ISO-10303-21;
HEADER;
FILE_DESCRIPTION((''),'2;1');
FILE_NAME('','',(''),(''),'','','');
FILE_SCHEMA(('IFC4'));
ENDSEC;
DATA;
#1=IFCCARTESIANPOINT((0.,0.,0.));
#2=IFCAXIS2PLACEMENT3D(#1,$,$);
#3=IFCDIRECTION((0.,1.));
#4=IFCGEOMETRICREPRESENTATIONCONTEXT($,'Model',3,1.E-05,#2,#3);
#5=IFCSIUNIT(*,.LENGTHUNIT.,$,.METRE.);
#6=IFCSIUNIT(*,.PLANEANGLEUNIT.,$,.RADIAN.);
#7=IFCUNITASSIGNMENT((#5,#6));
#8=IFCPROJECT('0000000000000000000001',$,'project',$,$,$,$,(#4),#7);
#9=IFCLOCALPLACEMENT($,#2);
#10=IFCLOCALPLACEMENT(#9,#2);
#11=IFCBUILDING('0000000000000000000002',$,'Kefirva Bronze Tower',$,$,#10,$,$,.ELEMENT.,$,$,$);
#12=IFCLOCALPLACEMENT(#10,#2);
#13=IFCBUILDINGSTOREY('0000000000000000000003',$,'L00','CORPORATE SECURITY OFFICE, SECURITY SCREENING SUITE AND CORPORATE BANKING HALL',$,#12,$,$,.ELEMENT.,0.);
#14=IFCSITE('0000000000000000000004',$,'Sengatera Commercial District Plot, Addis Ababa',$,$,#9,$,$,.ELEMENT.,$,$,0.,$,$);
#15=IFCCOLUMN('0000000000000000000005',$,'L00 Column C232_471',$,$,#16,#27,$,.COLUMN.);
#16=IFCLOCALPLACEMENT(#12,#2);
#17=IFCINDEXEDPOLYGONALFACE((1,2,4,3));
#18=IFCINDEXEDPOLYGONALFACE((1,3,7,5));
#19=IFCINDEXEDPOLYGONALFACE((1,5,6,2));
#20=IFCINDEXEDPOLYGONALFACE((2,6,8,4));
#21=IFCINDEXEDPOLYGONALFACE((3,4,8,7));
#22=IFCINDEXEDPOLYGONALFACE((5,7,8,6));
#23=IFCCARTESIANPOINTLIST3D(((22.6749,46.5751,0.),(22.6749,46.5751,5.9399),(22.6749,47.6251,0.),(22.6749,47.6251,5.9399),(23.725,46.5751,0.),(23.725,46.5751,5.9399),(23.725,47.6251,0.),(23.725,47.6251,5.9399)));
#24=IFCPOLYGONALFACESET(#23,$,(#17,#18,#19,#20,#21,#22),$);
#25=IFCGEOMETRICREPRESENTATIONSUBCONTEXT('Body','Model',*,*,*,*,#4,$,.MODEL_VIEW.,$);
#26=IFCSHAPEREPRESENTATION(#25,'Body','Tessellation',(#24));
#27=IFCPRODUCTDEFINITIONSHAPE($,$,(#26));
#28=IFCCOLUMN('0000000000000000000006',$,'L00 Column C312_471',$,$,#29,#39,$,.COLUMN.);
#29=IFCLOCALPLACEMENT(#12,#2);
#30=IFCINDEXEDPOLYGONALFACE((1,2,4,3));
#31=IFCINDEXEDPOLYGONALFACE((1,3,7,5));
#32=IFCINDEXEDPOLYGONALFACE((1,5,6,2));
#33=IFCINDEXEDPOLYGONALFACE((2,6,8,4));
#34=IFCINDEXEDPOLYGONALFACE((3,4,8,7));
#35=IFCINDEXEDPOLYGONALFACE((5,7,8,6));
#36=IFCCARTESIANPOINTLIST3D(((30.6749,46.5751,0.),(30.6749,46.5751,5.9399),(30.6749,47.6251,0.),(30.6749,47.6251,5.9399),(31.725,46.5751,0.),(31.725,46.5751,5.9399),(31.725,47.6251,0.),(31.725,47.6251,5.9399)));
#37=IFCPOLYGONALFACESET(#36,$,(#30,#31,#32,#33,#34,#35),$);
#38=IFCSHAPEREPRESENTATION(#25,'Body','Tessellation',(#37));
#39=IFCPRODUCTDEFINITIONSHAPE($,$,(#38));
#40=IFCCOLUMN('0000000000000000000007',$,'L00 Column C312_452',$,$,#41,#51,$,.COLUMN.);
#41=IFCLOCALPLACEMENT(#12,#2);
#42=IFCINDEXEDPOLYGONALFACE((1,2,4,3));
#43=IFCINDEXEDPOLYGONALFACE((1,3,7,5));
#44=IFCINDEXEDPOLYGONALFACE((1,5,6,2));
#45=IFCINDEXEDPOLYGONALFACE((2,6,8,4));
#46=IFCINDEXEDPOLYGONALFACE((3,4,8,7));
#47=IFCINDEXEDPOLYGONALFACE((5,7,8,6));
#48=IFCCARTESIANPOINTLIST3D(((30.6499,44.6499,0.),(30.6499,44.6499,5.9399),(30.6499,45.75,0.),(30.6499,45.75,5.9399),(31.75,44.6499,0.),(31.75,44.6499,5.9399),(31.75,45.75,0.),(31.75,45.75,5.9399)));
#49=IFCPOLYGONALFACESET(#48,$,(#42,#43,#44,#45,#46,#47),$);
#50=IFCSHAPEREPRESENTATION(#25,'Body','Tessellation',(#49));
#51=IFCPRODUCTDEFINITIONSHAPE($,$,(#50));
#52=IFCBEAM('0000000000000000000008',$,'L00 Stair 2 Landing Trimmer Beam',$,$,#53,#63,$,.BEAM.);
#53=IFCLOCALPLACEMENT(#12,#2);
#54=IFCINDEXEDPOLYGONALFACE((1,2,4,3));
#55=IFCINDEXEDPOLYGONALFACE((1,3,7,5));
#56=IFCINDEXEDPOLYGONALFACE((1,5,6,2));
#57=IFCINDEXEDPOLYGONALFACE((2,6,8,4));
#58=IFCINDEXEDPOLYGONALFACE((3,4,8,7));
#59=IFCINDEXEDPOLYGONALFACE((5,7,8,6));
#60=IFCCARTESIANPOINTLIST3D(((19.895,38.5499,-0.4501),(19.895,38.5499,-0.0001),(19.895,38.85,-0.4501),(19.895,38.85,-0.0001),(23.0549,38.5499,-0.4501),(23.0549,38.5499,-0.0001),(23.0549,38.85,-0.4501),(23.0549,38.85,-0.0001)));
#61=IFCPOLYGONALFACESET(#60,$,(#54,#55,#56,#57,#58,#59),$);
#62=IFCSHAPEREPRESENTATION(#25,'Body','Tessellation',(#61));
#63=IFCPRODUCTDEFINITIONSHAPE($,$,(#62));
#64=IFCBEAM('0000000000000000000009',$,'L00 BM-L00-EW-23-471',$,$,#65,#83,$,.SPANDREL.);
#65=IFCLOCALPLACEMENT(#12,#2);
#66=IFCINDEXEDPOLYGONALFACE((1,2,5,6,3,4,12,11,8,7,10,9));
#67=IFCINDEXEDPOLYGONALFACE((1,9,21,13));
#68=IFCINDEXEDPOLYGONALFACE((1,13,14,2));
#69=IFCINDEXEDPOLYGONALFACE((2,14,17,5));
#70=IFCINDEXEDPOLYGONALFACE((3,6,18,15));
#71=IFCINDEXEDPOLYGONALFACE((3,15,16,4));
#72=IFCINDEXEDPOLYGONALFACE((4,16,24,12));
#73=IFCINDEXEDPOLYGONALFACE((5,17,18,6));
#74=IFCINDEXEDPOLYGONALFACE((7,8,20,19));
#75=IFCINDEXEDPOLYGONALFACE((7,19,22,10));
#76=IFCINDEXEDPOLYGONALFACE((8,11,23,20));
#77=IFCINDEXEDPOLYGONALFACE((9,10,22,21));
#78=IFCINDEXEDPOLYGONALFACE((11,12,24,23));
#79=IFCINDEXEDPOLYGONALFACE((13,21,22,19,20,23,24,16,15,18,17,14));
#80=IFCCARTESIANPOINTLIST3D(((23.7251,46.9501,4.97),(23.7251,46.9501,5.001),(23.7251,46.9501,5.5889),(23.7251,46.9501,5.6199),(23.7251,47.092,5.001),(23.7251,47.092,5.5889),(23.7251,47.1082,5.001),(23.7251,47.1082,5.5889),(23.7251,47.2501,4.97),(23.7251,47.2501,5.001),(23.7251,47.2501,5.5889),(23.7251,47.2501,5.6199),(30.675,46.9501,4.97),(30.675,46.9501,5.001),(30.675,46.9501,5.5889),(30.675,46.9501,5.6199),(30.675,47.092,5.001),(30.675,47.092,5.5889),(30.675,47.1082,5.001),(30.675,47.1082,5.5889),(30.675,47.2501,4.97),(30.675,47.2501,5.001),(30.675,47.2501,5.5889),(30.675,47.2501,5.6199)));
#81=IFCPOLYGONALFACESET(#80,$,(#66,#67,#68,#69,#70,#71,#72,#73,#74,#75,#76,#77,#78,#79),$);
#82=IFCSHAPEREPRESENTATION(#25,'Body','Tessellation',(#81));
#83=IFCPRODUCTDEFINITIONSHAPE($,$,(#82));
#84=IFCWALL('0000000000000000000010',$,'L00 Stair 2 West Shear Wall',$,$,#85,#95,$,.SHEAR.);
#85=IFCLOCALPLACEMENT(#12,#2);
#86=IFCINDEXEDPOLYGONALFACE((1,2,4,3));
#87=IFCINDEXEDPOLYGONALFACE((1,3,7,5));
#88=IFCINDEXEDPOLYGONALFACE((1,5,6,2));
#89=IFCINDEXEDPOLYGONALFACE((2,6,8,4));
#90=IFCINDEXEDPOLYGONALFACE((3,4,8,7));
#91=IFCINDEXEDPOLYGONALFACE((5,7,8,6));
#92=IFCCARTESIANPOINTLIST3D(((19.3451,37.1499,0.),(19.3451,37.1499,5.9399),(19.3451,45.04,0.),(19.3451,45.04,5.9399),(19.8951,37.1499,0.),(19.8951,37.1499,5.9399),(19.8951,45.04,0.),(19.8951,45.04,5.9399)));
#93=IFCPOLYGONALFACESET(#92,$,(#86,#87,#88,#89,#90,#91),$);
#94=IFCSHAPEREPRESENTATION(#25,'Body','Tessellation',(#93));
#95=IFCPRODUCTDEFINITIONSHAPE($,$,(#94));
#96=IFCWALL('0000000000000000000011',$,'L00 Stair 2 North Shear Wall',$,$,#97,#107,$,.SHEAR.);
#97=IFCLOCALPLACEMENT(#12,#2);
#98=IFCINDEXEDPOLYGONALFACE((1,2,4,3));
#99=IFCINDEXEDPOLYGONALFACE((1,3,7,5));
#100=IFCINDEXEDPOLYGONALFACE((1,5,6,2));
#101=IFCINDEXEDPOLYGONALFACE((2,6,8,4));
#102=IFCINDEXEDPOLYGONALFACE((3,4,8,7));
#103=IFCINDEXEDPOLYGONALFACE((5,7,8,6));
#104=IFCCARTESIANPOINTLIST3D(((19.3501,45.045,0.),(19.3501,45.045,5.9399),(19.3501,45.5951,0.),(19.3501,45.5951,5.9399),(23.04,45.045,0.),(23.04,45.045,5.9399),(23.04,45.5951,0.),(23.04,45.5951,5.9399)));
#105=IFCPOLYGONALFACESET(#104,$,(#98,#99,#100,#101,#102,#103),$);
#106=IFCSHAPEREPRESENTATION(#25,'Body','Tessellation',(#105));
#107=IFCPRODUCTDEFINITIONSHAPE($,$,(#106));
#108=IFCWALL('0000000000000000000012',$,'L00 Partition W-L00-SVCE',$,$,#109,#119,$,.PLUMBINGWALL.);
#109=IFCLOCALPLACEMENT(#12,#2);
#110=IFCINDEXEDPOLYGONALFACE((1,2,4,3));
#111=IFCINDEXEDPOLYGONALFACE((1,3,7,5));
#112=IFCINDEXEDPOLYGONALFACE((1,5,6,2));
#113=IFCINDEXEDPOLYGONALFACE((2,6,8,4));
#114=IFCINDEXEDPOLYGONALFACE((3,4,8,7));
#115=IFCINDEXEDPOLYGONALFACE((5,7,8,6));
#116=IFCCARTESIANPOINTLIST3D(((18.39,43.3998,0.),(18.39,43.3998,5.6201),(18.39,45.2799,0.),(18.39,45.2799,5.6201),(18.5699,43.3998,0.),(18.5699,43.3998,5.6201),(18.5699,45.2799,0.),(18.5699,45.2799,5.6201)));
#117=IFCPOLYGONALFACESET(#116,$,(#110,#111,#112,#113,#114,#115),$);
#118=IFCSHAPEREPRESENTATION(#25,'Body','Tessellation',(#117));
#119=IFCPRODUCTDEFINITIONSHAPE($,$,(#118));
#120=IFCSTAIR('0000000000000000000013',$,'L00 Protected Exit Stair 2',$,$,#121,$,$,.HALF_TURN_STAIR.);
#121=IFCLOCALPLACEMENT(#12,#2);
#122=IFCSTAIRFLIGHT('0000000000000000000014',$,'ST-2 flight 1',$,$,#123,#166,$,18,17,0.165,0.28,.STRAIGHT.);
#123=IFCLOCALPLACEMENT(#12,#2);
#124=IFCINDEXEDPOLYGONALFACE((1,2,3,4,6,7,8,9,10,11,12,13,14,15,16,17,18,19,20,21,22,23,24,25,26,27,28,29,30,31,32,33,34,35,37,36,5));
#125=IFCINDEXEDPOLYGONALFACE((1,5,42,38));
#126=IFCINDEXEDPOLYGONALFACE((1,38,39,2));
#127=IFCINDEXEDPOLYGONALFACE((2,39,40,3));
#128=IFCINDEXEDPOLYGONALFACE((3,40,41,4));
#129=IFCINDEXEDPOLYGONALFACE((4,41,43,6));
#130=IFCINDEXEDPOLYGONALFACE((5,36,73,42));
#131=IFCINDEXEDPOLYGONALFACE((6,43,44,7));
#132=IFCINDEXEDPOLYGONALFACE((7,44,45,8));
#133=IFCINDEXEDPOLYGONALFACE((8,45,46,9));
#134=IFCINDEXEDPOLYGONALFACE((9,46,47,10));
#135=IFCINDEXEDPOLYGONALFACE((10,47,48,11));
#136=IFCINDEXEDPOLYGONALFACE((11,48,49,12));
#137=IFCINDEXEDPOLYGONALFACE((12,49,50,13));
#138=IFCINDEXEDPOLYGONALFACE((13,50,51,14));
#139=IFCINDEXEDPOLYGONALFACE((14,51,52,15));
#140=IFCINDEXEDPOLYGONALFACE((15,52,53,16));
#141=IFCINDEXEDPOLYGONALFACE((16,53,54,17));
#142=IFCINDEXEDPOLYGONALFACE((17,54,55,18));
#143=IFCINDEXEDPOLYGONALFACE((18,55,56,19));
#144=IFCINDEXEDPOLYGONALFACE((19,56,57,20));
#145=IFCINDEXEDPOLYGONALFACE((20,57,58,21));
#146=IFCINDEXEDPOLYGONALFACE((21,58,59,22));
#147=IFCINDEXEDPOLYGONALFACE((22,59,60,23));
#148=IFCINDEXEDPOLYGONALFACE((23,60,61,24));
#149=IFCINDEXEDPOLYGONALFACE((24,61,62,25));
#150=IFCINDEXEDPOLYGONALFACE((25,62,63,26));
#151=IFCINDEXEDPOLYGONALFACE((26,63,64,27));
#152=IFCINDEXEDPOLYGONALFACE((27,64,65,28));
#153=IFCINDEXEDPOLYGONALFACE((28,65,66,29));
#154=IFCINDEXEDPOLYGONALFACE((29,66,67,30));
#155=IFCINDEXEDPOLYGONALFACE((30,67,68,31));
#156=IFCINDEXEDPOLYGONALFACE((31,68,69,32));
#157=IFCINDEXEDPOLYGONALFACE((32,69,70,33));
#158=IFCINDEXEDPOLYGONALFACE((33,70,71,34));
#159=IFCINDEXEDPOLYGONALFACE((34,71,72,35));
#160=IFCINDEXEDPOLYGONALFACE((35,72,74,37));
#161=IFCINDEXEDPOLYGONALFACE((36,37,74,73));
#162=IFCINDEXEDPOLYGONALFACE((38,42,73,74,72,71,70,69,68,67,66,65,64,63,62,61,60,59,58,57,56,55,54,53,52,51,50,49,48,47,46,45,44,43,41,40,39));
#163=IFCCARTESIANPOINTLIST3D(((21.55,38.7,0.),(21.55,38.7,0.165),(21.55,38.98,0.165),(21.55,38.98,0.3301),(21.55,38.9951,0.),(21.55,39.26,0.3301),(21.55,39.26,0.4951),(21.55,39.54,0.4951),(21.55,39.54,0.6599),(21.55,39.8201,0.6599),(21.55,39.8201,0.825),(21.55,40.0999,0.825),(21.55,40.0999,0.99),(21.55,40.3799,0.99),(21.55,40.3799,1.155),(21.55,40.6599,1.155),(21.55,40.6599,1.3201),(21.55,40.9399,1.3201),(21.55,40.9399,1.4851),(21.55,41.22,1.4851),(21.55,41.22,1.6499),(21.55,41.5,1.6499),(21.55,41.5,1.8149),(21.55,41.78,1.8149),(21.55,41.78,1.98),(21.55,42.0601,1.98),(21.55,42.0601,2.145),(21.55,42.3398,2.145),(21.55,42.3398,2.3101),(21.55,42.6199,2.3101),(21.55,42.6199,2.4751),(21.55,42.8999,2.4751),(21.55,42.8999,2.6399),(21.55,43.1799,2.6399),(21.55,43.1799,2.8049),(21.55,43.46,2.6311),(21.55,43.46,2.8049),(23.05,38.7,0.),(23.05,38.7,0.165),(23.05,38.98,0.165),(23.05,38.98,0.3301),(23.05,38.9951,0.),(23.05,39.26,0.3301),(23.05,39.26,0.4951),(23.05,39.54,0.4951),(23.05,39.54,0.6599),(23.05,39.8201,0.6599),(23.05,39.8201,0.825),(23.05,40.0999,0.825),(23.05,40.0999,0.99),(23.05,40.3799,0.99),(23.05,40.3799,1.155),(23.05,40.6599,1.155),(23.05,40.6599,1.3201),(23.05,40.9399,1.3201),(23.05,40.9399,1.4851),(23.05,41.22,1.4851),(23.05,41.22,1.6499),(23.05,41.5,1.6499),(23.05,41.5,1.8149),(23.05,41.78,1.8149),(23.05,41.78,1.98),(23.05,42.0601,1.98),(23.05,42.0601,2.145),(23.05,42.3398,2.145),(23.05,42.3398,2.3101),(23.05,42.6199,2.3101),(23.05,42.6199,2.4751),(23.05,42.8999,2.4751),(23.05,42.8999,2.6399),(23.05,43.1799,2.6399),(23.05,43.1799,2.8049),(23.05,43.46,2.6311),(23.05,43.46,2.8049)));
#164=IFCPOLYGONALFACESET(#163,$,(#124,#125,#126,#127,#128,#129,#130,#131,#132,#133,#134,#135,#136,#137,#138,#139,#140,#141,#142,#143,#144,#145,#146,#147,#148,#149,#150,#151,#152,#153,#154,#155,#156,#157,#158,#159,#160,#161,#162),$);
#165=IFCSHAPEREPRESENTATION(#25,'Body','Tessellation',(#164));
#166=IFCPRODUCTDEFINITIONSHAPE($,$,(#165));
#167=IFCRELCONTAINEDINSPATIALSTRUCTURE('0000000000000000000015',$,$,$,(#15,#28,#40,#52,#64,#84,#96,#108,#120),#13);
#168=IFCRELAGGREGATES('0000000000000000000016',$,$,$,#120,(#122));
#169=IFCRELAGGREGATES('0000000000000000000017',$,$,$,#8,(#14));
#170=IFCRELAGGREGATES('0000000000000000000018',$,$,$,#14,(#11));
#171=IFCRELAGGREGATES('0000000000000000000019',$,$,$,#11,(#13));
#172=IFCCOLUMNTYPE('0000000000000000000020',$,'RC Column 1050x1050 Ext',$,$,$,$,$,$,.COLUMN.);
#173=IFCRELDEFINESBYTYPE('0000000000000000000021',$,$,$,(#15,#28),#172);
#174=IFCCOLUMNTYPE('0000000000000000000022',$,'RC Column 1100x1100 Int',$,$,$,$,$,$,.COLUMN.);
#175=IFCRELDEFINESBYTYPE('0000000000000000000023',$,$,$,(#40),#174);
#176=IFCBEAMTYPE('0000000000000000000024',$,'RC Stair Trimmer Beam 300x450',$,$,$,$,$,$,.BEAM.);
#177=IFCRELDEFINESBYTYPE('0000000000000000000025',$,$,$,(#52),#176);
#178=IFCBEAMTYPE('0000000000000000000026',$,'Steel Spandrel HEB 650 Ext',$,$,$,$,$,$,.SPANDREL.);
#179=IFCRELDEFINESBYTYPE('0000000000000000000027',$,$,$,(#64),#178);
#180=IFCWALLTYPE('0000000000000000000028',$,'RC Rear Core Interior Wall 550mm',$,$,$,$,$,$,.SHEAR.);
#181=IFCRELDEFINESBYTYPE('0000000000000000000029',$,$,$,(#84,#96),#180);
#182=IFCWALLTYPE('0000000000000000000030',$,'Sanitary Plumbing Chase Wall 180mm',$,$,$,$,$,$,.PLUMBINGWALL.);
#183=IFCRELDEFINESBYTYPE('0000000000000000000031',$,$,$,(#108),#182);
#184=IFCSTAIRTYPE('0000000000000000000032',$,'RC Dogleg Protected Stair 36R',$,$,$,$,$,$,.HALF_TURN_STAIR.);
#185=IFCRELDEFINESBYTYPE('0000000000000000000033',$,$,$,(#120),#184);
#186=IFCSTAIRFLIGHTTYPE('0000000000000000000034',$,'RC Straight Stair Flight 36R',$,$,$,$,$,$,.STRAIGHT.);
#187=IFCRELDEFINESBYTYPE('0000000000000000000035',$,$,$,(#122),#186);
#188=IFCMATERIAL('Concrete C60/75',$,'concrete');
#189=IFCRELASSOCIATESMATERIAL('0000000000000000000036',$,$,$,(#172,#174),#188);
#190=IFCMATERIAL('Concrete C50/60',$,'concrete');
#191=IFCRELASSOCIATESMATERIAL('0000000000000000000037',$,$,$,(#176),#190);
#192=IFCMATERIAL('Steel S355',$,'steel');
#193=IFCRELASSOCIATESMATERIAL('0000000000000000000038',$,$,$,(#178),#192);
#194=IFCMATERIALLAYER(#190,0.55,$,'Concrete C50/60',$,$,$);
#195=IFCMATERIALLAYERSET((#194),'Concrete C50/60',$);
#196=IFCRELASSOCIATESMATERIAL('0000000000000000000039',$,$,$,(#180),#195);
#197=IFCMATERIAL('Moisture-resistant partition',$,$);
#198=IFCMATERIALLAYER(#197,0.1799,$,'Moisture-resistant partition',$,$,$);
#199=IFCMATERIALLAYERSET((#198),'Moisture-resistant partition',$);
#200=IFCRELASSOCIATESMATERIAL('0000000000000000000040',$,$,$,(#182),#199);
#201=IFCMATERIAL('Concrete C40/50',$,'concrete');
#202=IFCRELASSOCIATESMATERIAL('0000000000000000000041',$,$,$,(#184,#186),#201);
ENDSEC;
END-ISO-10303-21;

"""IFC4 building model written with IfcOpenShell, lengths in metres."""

from ifc_helpers import new_model, si_unit, direction, frame, frame_2d, origin, origin_2d, place, context, subcontext, project, spatial, polyline, rectangle, i_section, outline, extrude, material, layer, layer_set, material_profile, profile_set, type_object, element, aggregate, save


model = new_model("IFC4")

# Units and contexts
model_context = context("Model", 3, precision=1e-05, world=origin(), true_north=direction((0.0, 1.0)))
body_context = subcontext(model_context, "Body", "Model", "MODEL_VIEW")
ifc_project = project(units=[si_unit("LENGTHUNIT", "METRE"), si_unit("PLANEANGLEUNIT", "RADIAN")], contexts=[model_context])

# Site, building, storey
site_placement = place(None, origin())
site = spatial("IfcSite", under=ifc_project, at=site_placement, Name="Sengatera Commercial District Plot, Addis Ababa", CompositionType="ELEMENT", RefElevation=0.0)
building_placement = place(site_placement, origin())
building = spatial("IfcBuilding", under=site, at=building_placement, Name="Kefirva Bronze Tower", CompositionType="ELEMENT")
storey_placement = place(building_placement, origin())
storey = spatial("IfcBuildingStorey", under=building, at=storey_placement, Name="L00", Description="CORPORATE SECURITY OFFICE, SECURITY SCREENING SUITE AND CORPORATE BANKING HALL", CompositionType="ELEMENT", Elevation=0.0)

# Columns
ifc_material_1 = material(Name="Concrete C60/75", Category="concrete")
ifc_material_profile_1 = material_profile(ifc_material_1, rectangle(XDim=1.05, YDim=1.05, at=origin_2d()), Name="RC 1050x1050")
ifc_profile_set_1 = profile_set([ifc_material_profile_1], Name="Concrete C60/75")
column_type_1 = type_object("IfcColumnType", Name="RC Column 1050x1050 Ext", PredefinedType="COLUMN", material=ifc_profile_set_1)
for number, where, z_axis, x_axis, name in (
    (1, (23.2, 47.1001, 0.0), (0.0, 0.0, 1.0), (1.0, 0.0, 0.0), "L00 Column C232_471"),
    (2, (31.2, 47.1001, 0.0), (0.0, 0.0, 1.0), (1.0, 0.0, 0.0), "L00 Column C312_471"),
):
    element("IfcColumn", number, at=place(storey_placement, frame(where, z_axis=z_axis, x_axis=x_axis)), inside=storey, type_object=column_type_1, Name=name, PredefinedType="COLUMN", context=body_context, shape_type="SweptSolid", body=[
        extrude(rectangle(XDim=1.05, YDim=1.05, at=origin_2d()), origin(), (0.0, 0.0, 1.0), 5.9399),
    ])
ifc_material_profile_2 = material_profile(ifc_material_1, rectangle(XDim=1.1001, YDim=1.1001, at=origin_2d()), Name="RC 1100x1100")
ifc_profile_set_2 = profile_set([ifc_material_profile_2], Name="Concrete C60/75")
column_type_2 = type_object("IfcColumnType", Name="RC Column 1100x1100 Int", PredefinedType="COLUMN", material=ifc_profile_set_2)
column_placement = place(storey_placement, frame((31.2, 45.2, 0.0), z_axis=(0.0, 0.0, 1.0), x_axis=(1.0, 0.0, 0.0)))
element("IfcColumn", 3, at=column_placement, inside=storey, type_object=column_type_2, Name="L00 Column C312_452", PredefinedType="COLUMN", context=body_context, shape_type="SweptSolid", body=[
    extrude(rectangle(XDim=1.1001, YDim=1.1001, at=origin_2d()), origin(), (0.0, 0.0, 1.0), 5.9399),
])

# Beams
ifc_material_2 = material(Name="Concrete C50/60", Category="concrete")
ifc_material_profile_3 = material_profile(ifc_material_2, rectangle(XDim=0.3, YDim=0.45, at=origin_2d()), Name="RC 300x450")
ifc_profile_set_3 = profile_set([ifc_material_profile_3], Name="Concrete C50/60")
beam_type_1 = type_object("IfcBeamType", Name="RC Stair Trimmer Beam 300x450", PredefinedType="BEAM", material=ifc_profile_set_3)
beam_1_placement = place(storey_placement, frame((19.895, 38.7, -0.2251), z_axis=(1.0, 0.0, 0.0), x_axis=(0.0, 1.0, 0.0)))
element("IfcBeam", 4, at=beam_1_placement, inside=storey, type_object=beam_type_1, Name="L00 Stair 2 Landing Trimmer Beam", PredefinedType="BEAM", context=body_context, shape_type="SweptSolid", body=[
    extrude(rectangle(XDim=0.3, YDim=0.45, at=origin_2d()), origin(), (0.0, 0.0, 1.0), 3.1599),
])
ifc_material_3 = material(Name="Steel S355", Category="steel")
ifc_material_profile_4 = material_profile(ifc_material_3, i_section(OverallWidth=0.3, OverallDepth=0.6499, WebThickness=0.0161, FlangeThickness=0.031, at=origin_2d()), Name="HEB 650")
ifc_profile_set_4 = profile_set([ifc_material_profile_4], Name="Steel S355")
beam_type_2 = type_object("IfcBeamType", Name="Steel Spandrel HEB 650 Ext", PredefinedType="SPANDREL", material=ifc_profile_set_4)
beam_2_placement = place(storey_placement, frame((23.7251, 47.1001, 5.2949), z_axis=(1.0, 0.0, 0.0), x_axis=(0.0, 1.0, 0.0)))
element("IfcBeam", 5, at=beam_2_placement, inside=storey, type_object=beam_type_2, Name="L00 BM-L00-EW-23-471", PredefinedType="SPANDREL", context=body_context, shape_type="SweptSolid", body=[
    extrude(i_section(OverallWidth=0.3, OverallDepth=0.6499, WebThickness=0.0161, FlangeThickness=0.031, at=origin_2d()), origin(), (0.0, 0.0, 1.0), 6.95),
])

# Walls
ifc_layer_1 = layer(ifc_material_2, 0.55, Name="Concrete C50/60")
ifc_layer_set_1 = layer_set([ifc_layer_1], Name="Concrete C50/60")
wall_type_1 = type_object("IfcWallType", Name="RC Rear Core Interior Wall 550mm", PredefinedType="SHEAR", material=ifc_layer_set_1)
wall_1_placement = place(storey_placement, frame((19.6201, 37.1499, 0.0), z_axis=(0.0, 0.0, 1.0), x_axis=(0.0, 1.0, 0.0)))
element("IfcWall", 6, at=wall_1_placement, inside=storey, type_object=wall_type_1, Name="L00 Stair 2 West Shear Wall", PredefinedType="SHEAR", context=body_context, shape_type="SweptSolid", body=[
    extrude(rectangle(XDim=7.8901, YDim=0.55, at=frame_2d((3.9451, 0.0))), origin(), (0.0, 0.0, 1.0), 5.9399),
])
wall_2_placement = place(storey_placement, frame((19.3501, 45.3201, 0.0), z_axis=(0.0, 0.0, 1.0), x_axis=(1.0, 0.0, 0.0)))
element("IfcWall", 7, at=wall_2_placement, inside=storey, type_object=wall_type_1, Name="L00 Stair 2 North Shear Wall", PredefinedType="SHEAR", context=body_context, shape_type="SweptSolid", body=[
    extrude(rectangle(XDim=3.6899, YDim=0.55, at=frame_2d((1.845, 0.0))), origin(), (0.0, 0.0, 1.0), 5.9399),
])
ifc_material_4 = material(Name="Moisture-resistant partition")
ifc_layer_2 = layer(ifc_material_4, 0.1799, Name="Moisture-resistant partition")
ifc_layer_set_2 = layer_set([ifc_layer_2], Name="Moisture-resistant partition")
wall_type_2 = type_object("IfcWallType", Name="Sanitary Plumbing Chase Wall 180mm", PredefinedType="PLUMBINGWALL", material=ifc_layer_set_2)
wall_3_placement = place(storey_placement, frame((18.48, 43.3999, 0.0), z_axis=(0.0, 0.0, 1.0), x_axis=(0.0, 1.0, 0.0)))
element("IfcWall", 8, at=wall_3_placement, inside=storey, type_object=wall_type_2, Name="L00 Partition W-L00-SVCE", PredefinedType="PLUMBINGWALL", context=body_context, shape_type="SweptSolid", body=[
    extrude(rectangle(XDim=1.8801, YDim=0.1799, at=frame_2d((0.9399, 0.0))), origin(), (0.0, 0.0, 1.0), 5.6201),
])

# Stair, stair flight
ifc_material_5 = material(Name="Concrete C40/50", Category="concrete")
stair_type = type_object("IfcStairType", Name="RC Dogleg Protected Stair 36R", PredefinedType="HALF_TURN_STAIR", material=ifc_material_5)
stair_placement = place(storey_placement, origin())
stair = element("IfcStair", 9, at=stair_placement, inside=storey, type_object=stair_type, Name="L00 Protected Exit Stair 2", PredefinedType="HALF_TURN_STAIR")
stair_flight_type = type_object("IfcStairFlightType", Name="RC Straight Stair Flight 36R", PredefinedType="STRAIGHT", material=ifc_material_5)
stair_flight_1_placement = place(storey_placement, frame((22.3, 38.7, 0.0), z_axis=(0.0, 0.0, 1.0), x_axis=(0.0, 1.0, 0.0)))
stair_flight_1 = element("IfcStairFlight", 10, at=stair_flight_1_placement, type_object=stair_flight_type, Name="ST-2 flight 1", NumberOfRisers=18, NumberOfTreads=17, PredefinedType="STRAIGHT", RiserHeight=0.165, TreadLength=0.28, context=body_context, shape_type="SweptSolid", body=[
    extrude(outline(polyline([(0.0, 0.0), (0.0, 0.165), (0.28, 0.165), (0.28, 0.3301), (0.5601, 0.3301), (0.5601, 0.4951), (0.8401, 0.4951), (0.8401, 0.6599), (1.1201, 0.6599), (1.1201, 0.825), (1.3999, 0.825), (1.3999, 0.99), (1.6799, 0.99), (1.6799, 1.155), (1.96, 1.155), (1.96, 1.3201), (2.24, 1.3201), (2.24, 1.4851), (2.52, 1.4851), (2.52, 1.6499), (2.8, 1.6499), (2.8, 1.8149), (3.0801, 1.8149), (3.0801, 1.98), (3.3601, 1.98), (3.3601, 2.145), (3.6399, 2.145), (3.6399, 2.3101), (3.9199, 2.3101), (3.9199, 2.4751), (4.2, 2.4751), (4.2, 2.6399), (4.48, 2.6399), (4.48, 2.8049), (4.76, 2.8049), (4.76, 2.97), (4.76, 2.6311), (0.2952, 0.0), (0.0, 0.0)])), frame((0.0, 0.75, 0.0), z_axis=(0.0, -1.0, 0.0), x_axis=(1.0, 0.0, 0.0)), (0.0, 0.0, 1.0), 1.5),
])
aggregate(stair, [stair_flight_1])

save(model, "model.ifc")
